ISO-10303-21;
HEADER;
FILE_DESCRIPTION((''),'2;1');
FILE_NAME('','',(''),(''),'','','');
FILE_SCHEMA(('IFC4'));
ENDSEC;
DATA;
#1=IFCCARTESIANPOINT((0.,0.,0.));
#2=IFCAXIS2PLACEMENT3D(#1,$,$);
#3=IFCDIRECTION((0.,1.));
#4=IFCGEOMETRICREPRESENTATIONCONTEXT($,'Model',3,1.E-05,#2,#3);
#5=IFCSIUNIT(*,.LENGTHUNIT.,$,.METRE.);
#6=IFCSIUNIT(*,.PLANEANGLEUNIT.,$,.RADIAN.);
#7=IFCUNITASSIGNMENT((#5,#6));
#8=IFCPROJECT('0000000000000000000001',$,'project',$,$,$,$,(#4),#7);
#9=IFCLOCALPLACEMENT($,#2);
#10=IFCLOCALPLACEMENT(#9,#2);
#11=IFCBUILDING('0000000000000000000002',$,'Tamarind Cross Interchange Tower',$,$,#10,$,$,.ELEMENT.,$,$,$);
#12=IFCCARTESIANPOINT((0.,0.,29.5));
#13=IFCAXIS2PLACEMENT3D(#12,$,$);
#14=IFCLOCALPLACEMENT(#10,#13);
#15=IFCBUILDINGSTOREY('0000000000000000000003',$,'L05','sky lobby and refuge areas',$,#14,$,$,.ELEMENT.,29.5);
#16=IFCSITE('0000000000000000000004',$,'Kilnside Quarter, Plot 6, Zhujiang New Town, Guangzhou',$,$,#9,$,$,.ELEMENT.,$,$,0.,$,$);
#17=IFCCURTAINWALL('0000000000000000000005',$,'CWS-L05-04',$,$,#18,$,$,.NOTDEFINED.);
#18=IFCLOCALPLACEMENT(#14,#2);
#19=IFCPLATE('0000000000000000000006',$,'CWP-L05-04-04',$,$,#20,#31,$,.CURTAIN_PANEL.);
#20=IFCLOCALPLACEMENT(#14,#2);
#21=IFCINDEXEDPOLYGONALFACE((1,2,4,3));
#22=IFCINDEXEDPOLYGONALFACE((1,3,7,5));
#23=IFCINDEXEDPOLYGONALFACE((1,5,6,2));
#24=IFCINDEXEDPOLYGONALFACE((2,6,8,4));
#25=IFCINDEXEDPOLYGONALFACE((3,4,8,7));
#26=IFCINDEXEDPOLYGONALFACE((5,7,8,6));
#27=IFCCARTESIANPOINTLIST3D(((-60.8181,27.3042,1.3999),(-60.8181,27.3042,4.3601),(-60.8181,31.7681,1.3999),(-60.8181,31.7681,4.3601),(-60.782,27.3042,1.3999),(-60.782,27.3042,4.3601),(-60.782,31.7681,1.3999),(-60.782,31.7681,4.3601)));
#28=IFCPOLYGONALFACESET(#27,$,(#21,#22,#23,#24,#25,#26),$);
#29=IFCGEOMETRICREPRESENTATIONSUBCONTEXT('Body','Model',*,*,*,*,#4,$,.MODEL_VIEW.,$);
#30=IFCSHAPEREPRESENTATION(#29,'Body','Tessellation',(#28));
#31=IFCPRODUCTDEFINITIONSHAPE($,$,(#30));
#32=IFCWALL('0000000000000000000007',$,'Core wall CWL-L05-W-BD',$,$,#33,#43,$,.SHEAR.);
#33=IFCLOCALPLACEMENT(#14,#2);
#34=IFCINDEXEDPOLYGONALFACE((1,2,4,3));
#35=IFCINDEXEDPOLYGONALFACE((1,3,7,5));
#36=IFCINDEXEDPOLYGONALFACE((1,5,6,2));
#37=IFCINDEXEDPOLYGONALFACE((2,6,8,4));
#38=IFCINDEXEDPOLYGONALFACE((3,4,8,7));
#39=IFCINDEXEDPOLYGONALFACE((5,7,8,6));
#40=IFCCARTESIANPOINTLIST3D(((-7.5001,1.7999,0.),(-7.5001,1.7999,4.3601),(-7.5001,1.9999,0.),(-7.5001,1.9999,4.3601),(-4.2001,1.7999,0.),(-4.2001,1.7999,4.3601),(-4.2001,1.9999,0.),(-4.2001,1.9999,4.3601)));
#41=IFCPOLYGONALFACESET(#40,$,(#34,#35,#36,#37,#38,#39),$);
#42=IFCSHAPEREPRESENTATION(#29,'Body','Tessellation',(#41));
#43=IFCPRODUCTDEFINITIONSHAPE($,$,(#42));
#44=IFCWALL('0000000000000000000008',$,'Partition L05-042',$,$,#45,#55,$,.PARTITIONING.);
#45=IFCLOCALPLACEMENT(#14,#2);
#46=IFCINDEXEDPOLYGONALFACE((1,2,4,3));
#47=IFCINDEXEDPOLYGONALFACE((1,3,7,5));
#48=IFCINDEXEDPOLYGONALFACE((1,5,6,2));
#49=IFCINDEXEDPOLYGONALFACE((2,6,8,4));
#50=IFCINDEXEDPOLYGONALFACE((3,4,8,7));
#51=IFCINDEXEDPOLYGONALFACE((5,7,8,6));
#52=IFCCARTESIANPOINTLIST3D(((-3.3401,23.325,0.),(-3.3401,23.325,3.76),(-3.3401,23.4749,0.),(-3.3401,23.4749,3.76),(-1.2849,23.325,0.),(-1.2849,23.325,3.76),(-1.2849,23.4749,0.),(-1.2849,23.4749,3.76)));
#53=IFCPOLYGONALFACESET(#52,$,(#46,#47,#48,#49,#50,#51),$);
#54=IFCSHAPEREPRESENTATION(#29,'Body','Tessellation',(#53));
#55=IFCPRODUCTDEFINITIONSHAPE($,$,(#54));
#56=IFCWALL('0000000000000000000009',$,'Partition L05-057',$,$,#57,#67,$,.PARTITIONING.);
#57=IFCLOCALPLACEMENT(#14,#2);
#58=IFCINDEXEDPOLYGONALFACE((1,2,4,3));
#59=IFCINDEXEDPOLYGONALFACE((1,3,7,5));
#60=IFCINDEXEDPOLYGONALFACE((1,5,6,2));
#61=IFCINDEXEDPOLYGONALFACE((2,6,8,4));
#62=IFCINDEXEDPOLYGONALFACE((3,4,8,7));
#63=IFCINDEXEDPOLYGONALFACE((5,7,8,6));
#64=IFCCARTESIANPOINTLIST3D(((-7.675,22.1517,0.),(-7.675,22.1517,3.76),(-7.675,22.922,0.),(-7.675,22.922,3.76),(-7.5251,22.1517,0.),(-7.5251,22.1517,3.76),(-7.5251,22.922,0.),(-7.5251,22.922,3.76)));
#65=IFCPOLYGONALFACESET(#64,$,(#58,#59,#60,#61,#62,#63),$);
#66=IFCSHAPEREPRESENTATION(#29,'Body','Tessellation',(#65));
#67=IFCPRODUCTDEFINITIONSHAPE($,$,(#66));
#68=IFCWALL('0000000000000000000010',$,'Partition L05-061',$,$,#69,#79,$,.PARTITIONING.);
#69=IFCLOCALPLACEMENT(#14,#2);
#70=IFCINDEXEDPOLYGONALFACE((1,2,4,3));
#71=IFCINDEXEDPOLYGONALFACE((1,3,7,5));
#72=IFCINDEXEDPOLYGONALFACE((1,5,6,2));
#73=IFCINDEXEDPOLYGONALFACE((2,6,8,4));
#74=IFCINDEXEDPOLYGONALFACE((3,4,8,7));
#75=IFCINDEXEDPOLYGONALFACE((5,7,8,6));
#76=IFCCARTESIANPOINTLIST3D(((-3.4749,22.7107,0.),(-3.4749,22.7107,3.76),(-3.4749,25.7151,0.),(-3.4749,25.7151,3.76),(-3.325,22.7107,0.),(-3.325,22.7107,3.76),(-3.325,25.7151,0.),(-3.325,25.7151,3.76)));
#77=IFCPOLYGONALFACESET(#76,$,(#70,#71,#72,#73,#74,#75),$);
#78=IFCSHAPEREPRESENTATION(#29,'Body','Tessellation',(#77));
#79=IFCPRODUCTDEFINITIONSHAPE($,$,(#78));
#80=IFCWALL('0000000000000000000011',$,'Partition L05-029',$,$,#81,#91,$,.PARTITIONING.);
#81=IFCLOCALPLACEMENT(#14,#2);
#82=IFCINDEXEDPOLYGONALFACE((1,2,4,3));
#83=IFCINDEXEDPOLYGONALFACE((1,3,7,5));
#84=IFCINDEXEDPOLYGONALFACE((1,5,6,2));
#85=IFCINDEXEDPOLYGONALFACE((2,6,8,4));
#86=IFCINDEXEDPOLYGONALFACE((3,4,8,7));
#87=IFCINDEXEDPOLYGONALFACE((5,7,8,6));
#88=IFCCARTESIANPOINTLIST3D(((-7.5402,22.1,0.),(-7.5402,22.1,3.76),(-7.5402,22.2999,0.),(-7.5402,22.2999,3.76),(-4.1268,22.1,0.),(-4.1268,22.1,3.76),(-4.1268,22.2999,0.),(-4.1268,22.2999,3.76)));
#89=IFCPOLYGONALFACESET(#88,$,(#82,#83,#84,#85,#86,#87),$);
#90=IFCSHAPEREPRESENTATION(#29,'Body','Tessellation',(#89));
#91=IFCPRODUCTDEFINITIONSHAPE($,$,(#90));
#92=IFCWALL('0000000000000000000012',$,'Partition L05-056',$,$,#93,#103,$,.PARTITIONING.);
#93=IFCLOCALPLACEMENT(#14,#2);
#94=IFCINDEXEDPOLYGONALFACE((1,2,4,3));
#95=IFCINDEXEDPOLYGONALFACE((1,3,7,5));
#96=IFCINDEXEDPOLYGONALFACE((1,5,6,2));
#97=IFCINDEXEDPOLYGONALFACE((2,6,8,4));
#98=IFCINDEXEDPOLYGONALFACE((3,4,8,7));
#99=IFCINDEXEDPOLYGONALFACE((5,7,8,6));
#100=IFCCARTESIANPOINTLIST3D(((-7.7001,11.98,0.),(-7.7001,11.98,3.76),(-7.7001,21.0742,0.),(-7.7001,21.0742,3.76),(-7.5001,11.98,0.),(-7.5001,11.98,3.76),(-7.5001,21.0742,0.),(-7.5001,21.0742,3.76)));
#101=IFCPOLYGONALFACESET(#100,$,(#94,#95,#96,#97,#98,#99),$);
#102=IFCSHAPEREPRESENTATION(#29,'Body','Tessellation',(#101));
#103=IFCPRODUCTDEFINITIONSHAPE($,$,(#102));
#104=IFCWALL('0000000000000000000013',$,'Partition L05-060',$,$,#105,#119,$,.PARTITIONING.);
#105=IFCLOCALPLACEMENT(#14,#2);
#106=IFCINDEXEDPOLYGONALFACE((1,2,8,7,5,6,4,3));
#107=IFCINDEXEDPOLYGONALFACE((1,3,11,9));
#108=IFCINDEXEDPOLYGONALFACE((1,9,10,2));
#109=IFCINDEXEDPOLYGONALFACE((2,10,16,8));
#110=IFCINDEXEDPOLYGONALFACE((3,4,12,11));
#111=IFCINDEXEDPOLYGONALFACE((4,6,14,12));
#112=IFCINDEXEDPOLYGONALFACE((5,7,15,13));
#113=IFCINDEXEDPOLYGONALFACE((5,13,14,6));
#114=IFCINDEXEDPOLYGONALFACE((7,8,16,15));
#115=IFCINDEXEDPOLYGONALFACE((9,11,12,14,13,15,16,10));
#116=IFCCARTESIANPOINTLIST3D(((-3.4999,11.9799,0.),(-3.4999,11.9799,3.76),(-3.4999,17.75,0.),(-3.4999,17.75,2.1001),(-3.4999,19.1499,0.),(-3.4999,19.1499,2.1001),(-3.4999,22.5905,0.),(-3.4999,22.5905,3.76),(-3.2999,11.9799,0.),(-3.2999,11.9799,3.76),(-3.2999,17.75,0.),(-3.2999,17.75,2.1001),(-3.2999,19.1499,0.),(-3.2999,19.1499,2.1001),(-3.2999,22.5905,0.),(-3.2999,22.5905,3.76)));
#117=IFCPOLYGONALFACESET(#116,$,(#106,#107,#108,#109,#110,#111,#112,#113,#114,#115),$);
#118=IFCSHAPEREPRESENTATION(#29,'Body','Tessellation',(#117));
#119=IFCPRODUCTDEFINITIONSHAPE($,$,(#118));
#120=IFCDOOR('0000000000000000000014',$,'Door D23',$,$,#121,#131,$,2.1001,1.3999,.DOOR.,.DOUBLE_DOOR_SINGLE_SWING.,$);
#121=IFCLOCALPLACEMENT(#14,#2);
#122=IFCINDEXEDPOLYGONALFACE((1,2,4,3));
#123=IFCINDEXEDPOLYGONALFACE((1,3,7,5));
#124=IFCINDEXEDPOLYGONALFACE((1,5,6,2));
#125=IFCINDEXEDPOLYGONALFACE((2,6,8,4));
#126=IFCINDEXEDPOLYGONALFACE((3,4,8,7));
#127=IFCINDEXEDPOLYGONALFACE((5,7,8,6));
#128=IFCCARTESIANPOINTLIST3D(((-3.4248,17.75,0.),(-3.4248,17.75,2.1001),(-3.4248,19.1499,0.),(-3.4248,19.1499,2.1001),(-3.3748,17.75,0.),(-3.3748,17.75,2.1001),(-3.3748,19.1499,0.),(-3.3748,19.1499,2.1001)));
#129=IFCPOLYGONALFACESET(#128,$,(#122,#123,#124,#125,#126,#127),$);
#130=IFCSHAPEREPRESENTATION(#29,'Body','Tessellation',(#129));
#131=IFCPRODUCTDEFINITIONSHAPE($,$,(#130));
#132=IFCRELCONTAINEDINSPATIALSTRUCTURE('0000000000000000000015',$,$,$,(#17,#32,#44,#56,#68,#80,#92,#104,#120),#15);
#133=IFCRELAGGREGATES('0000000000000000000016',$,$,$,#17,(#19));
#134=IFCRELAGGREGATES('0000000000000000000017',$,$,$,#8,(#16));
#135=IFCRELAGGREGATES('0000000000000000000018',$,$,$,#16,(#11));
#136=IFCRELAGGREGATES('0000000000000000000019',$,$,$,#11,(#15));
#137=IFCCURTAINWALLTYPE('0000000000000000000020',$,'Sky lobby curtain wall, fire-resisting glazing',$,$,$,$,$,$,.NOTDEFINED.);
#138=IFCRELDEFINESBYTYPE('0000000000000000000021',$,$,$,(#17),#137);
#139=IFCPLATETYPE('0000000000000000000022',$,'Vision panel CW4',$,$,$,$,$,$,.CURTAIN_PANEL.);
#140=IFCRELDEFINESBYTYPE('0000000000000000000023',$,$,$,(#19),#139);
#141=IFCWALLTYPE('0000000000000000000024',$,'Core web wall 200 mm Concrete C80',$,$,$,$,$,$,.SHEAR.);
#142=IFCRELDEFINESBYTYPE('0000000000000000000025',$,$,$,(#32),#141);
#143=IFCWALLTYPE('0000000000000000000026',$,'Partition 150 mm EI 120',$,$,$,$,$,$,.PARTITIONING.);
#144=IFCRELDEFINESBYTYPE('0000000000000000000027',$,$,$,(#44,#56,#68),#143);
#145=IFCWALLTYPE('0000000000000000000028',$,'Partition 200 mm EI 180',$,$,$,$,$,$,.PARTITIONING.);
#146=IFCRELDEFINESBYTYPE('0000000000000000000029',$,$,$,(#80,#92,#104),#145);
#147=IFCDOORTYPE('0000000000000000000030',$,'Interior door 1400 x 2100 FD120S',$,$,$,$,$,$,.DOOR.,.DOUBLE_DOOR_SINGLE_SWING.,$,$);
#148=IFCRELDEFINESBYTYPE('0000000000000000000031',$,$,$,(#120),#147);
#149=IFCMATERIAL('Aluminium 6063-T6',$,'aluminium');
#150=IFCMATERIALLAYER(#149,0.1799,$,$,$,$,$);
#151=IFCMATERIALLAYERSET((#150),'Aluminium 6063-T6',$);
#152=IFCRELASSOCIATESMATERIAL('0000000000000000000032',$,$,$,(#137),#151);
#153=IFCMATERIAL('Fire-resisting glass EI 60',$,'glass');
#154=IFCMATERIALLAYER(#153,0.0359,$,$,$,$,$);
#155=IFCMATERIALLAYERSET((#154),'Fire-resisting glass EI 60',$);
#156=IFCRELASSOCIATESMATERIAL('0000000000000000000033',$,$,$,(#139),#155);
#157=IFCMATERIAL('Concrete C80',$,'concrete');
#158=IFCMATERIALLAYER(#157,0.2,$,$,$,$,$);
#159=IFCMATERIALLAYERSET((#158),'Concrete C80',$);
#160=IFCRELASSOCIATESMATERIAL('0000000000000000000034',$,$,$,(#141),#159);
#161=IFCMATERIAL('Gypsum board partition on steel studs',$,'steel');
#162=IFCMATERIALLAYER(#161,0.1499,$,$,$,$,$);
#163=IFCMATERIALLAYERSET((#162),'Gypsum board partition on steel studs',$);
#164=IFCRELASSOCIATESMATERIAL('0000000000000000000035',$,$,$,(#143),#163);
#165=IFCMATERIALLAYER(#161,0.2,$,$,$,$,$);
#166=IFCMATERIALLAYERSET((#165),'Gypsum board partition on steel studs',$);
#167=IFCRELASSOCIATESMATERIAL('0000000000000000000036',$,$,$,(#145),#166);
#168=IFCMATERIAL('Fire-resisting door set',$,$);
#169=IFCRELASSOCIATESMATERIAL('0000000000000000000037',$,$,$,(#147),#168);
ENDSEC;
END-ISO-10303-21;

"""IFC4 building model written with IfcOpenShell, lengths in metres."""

from ifc_helpers import new_model, si_unit, direction, frame, frame_2d, origin, place, context, subcontext, project, spatial, polyline, rectangle, outline, extrude, material, layer, layer_set, type_object, element, fill, aggregate, save


model = new_model("IFC4")

# Units and contexts
model_context = context("Model", 3, precision=1e-05, world=origin(), true_north=direction((0.0, 1.0)))
body_context = subcontext(model_context, "Body", "Model", "MODEL_VIEW")
ifc_project = project(units=[si_unit("LENGTHUNIT", "METRE"), si_unit("PLANEANGLEUNIT", "RADIAN")], contexts=[model_context])

# Site, building, storey
site_placement = place(None, origin())
site = spatial("IfcSite", under=ifc_project, at=site_placement, Name="Kilnside Quarter, Plot 6, Zhujiang New Town, Guangzhou", CompositionType="ELEMENT", RefElevation=0.0)
building_placement = place(site_placement, origin())
building = spatial("IfcBuilding", under=site, at=building_placement, Name="Tamarind Cross Interchange Tower", CompositionType="ELEMENT")
storey_placement = place(building_placement, frame((0.0, 0.0, 29.5)))
storey = spatial("IfcBuildingStorey", under=building, at=storey_placement, Name="L05", Description="sky lobby and refuge areas", CompositionType="ELEMENT", Elevation=29.5)

# Curtain wall, plate
ifc_material_1 = material(Name="Aluminium 6063-T6", Category="aluminium")
ifc_layer_1 = layer(ifc_material_1, 0.1799)
ifc_layer_set_1 = layer_set([ifc_layer_1], Name="Aluminium 6063-T6")
curtain_wall_type = type_object("IfcCurtainWallType", Name="Sky lobby curtain wall, fire-resisting glazing", PredefinedType="NOTDEFINED", material=ifc_layer_set_1)
curtain_wall_placement = place(storey_placement, origin())
curtain_wall = element("IfcCurtainWall", 1, at=curtain_wall_placement, inside=storey, type_object=curtain_wall_type, Name="CWS-L05-04", PredefinedType="NOTDEFINED")
ifc_material_2 = material(Name="Fire-resisting glass EI 60", Category="glass")
ifc_layer_2 = layer(ifc_material_2, 0.0359)
ifc_layer_set_2 = layer_set([ifc_layer_2], Name="Fire-resisting glass EI 60")
plate_type = type_object("IfcPlateType", Name="Vision panel CW4", PredefinedType="CURTAIN_PANEL", material=ifc_layer_set_2)
plate_1_placement = place(storey_placement, frame((0.0, 0.0, 1.3999)))
plate_1 = element("IfcPlate", 2, at=plate_1_placement, type_object=plate_type, Name="CWP-L05-04-04", PredefinedType="CURTAIN_PANEL", context=body_context, shape_type="SweptSolid", body=[
    extrude(outline(polyline([(-60.782, 31.7681), (-60.782, 27.3042), (-60.8181, 27.3042), (-60.8181, 31.7681), (-60.782, 31.7681)])), origin(), (0.0, 0.0, 1.0), 2.9602),
])
aggregate(curtain_wall, [plate_1])

# Walls
ifc_material_3 = material(Name="Concrete C80", Category="concrete")
ifc_layer_3 = layer(ifc_material_3, 0.2)
ifc_layer_set_3 = layer_set([ifc_layer_3], Name="Concrete C80")
wall_type_1 = type_object("IfcWallType", Name="Core web wall 200 mm Concrete C80", PredefinedType="SHEAR", material=ifc_layer_set_3)
wall_1_placement = place(storey_placement, frame((-7.5, 1.8999, 0.0), z_axis=(0.0, 0.0, 1.0), x_axis=(1.0, 0.0, 0.0)))
element("IfcWall", 3, at=wall_1_placement, inside=storey, type_object=wall_type_1, Name="Core wall CWL-L05-W-BD", PredefinedType="SHEAR", context=body_context, shape_type="SweptSolid", body=[
    extrude(rectangle(XDim=3.3, YDim=0.2, at=frame_2d((1.6499, 0.0))), origin(), (0.0, 0.0, 1.0), 4.3601),
])
ifc_material_4 = material(Name="Gypsum board partition on steel studs", Category="steel")
ifc_layer_4 = layer(ifc_material_4, 0.1499)
ifc_layer_set_4 = layer_set([ifc_layer_4], Name="Gypsum board partition on steel studs")
wall_type_2 = type_object("IfcWallType", Name="Partition 150 mm EI 120", PredefinedType="PARTITIONING", material=ifc_layer_set_4)
wall_2_placement = place(storey_placement, frame((-3.3401, 23.3999, 0.0), z_axis=(0.0, 0.0, 1.0), x_axis=(1.0, 0.0, 0.0)))
element("IfcWall", 4, at=wall_2_placement, inside=storey, type_object=wall_type_2, Name="Partition L05-042", PredefinedType="PARTITIONING", context=body_context, shape_type="SweptSolid", body=[
    extrude(rectangle(XDim=2.0552, YDim=0.1499, at=frame_2d((1.0276, 0.0))), origin(), (0.0, 0.0, 1.0), 3.76),
])
wall_3_placement = place(storey_placement, frame((-7.6001, 22.1516, 0.0), z_axis=(0.0, 0.0, 1.0), x_axis=(0.0, 1.0, 0.0)))
element("IfcWall", 5, at=wall_3_placement, inside=storey, type_object=wall_type_2, Name="Partition L05-057", PredefinedType="PARTITIONING", context=body_context, shape_type="SweptSolid", body=[
    extrude(rectangle(XDim=0.7703, YDim=0.1499, at=frame_2d((0.3853, 0.0))), origin(), (0.0, 0.0, 1.0), 3.76),
])
wall_4_placement = place(storey_placement, frame((-3.3999, 22.7107, 0.0), z_axis=(0.0, 0.0, 1.0), x_axis=(0.0, 1.0, 0.0)))
element("IfcWall", 6, at=wall_4_placement, inside=storey, type_object=wall_type_2, Name="Partition L05-061", PredefinedType="PARTITIONING", context=body_context, shape_type="SweptSolid", body=[
    extrude(rectangle(XDim=3.0044, YDim=0.1499, at=frame_2d((1.5022, 0.0))), origin(), (0.0, 0.0, 1.0), 3.76),
])
ifc_layer_5 = layer(ifc_material_4, 0.2)
ifc_layer_set_5 = layer_set([ifc_layer_5], Name="Gypsum board partition on steel studs")
wall_type_3 = type_object("IfcWallType", Name="Partition 200 mm EI 180", PredefinedType="PARTITIONING", material=ifc_layer_set_5)
wall_5_placement = place(storey_placement, frame((-7.54, 22.2, 0.0), z_axis=(0.0, 0.0, 1.0), x_axis=(1.0, 0.0, 0.0)))
element("IfcWall", 7, at=wall_5_placement, inside=storey, type_object=wall_type_3, Name="Partition L05-029", PredefinedType="PARTITIONING", context=body_context, shape_type="SweptSolid", body=[
    extrude(rectangle(XDim=3.4133, YDim=0.2, at=frame_2d((1.7065, 0.0))), origin(), (0.0, 0.0, 1.0), 3.76),
])
wall_6_placement = place(storey_placement, frame((-7.6001, 11.98, 0.0), z_axis=(0.0, 0.0, 1.0), x_axis=(0.0, 1.0, 0.0)))
element("IfcWall", 8, at=wall_6_placement, inside=storey, type_object=wall_type_3, Name="Partition L05-056", PredefinedType="PARTITIONING", context=body_context, shape_type="SweptSolid", body=[
    extrude(rectangle(XDim=9.0942, YDim=0.2, at=frame_2d((4.5471, 0.0))), origin(), (0.0, 0.0, 1.0), 3.76),
])

# Wall, opening, door
wall_7_placement = place(storey_placement, frame((-3.3999, 11.98, 0.0), z_axis=(0.0, 0.0, 1.0), x_axis=(0.0, 1.0, 0.0)))
wall_7 = element("IfcWall", 9, at=wall_7_placement, inside=storey, type_object=wall_type_3, Name="Partition L05-060", PredefinedType="PARTITIONING", context=body_context, shape_type="SweptSolid", body=[
    extrude(rectangle(XDim=10.6106, YDim=0.2, at=frame_2d((5.3052, 0.0))), origin(), (0.0, 0.0, 1.0), 3.76),
])
opening_1_placement = place(wall_7_placement, frame((5.77, 0.0, 0.0)))
opening_1 = element("IfcOpeningElement", 10, at=opening_1_placement, cuts=wall_7, PredefinedType="OPENING", context=body_context, shape_type="SweptSolid", body=[
    extrude(rectangle(XDim=1.3999, YDim=2.1001, at=frame_2d((0.7, 1.05))), frame((0.0, 0.1099, 0.0), z_axis=(0.0, -1.0, 0.0), x_axis=(1.0, 0.0, 0.0)), (0.0, 0.0, 1.0), 0.22),
])
ifc_material_5 = material(Name="Fire-resisting door set")
door_type_1 = type_object("IfcDoorType", Name="Interior door 1400 x 2100 FD120S", OperationType="DOUBLE_DOOR_SINGLE_SWING", PredefinedType="DOOR", material=ifc_material_5)
door_1_placement = place(opening_1_placement, origin())
door_1 = element("IfcDoor", 11, at=door_1_placement, inside=storey, type_object=door_type_1, Name="Door D23", OperationType="DOUBLE_DOOR_SINGLE_SWING", OverallHeight=2.1001, OverallWidth=1.3999, PredefinedType="DOOR", context=body_context, shape_type="SweptSolid", body=[
    extrude(rectangle(XDim=1.3999, YDim=2.1001, at=frame_2d((0.7, 1.05))), frame((0.0, 0.0249, 0.0), z_axis=(0.0, -1.0, 0.0), x_axis=(1.0, 0.0, 0.0)), (0.0, 0.0, 1.0), 0.05),
])
fill(opening_1, door_1)

save(model, "model.ifc")
